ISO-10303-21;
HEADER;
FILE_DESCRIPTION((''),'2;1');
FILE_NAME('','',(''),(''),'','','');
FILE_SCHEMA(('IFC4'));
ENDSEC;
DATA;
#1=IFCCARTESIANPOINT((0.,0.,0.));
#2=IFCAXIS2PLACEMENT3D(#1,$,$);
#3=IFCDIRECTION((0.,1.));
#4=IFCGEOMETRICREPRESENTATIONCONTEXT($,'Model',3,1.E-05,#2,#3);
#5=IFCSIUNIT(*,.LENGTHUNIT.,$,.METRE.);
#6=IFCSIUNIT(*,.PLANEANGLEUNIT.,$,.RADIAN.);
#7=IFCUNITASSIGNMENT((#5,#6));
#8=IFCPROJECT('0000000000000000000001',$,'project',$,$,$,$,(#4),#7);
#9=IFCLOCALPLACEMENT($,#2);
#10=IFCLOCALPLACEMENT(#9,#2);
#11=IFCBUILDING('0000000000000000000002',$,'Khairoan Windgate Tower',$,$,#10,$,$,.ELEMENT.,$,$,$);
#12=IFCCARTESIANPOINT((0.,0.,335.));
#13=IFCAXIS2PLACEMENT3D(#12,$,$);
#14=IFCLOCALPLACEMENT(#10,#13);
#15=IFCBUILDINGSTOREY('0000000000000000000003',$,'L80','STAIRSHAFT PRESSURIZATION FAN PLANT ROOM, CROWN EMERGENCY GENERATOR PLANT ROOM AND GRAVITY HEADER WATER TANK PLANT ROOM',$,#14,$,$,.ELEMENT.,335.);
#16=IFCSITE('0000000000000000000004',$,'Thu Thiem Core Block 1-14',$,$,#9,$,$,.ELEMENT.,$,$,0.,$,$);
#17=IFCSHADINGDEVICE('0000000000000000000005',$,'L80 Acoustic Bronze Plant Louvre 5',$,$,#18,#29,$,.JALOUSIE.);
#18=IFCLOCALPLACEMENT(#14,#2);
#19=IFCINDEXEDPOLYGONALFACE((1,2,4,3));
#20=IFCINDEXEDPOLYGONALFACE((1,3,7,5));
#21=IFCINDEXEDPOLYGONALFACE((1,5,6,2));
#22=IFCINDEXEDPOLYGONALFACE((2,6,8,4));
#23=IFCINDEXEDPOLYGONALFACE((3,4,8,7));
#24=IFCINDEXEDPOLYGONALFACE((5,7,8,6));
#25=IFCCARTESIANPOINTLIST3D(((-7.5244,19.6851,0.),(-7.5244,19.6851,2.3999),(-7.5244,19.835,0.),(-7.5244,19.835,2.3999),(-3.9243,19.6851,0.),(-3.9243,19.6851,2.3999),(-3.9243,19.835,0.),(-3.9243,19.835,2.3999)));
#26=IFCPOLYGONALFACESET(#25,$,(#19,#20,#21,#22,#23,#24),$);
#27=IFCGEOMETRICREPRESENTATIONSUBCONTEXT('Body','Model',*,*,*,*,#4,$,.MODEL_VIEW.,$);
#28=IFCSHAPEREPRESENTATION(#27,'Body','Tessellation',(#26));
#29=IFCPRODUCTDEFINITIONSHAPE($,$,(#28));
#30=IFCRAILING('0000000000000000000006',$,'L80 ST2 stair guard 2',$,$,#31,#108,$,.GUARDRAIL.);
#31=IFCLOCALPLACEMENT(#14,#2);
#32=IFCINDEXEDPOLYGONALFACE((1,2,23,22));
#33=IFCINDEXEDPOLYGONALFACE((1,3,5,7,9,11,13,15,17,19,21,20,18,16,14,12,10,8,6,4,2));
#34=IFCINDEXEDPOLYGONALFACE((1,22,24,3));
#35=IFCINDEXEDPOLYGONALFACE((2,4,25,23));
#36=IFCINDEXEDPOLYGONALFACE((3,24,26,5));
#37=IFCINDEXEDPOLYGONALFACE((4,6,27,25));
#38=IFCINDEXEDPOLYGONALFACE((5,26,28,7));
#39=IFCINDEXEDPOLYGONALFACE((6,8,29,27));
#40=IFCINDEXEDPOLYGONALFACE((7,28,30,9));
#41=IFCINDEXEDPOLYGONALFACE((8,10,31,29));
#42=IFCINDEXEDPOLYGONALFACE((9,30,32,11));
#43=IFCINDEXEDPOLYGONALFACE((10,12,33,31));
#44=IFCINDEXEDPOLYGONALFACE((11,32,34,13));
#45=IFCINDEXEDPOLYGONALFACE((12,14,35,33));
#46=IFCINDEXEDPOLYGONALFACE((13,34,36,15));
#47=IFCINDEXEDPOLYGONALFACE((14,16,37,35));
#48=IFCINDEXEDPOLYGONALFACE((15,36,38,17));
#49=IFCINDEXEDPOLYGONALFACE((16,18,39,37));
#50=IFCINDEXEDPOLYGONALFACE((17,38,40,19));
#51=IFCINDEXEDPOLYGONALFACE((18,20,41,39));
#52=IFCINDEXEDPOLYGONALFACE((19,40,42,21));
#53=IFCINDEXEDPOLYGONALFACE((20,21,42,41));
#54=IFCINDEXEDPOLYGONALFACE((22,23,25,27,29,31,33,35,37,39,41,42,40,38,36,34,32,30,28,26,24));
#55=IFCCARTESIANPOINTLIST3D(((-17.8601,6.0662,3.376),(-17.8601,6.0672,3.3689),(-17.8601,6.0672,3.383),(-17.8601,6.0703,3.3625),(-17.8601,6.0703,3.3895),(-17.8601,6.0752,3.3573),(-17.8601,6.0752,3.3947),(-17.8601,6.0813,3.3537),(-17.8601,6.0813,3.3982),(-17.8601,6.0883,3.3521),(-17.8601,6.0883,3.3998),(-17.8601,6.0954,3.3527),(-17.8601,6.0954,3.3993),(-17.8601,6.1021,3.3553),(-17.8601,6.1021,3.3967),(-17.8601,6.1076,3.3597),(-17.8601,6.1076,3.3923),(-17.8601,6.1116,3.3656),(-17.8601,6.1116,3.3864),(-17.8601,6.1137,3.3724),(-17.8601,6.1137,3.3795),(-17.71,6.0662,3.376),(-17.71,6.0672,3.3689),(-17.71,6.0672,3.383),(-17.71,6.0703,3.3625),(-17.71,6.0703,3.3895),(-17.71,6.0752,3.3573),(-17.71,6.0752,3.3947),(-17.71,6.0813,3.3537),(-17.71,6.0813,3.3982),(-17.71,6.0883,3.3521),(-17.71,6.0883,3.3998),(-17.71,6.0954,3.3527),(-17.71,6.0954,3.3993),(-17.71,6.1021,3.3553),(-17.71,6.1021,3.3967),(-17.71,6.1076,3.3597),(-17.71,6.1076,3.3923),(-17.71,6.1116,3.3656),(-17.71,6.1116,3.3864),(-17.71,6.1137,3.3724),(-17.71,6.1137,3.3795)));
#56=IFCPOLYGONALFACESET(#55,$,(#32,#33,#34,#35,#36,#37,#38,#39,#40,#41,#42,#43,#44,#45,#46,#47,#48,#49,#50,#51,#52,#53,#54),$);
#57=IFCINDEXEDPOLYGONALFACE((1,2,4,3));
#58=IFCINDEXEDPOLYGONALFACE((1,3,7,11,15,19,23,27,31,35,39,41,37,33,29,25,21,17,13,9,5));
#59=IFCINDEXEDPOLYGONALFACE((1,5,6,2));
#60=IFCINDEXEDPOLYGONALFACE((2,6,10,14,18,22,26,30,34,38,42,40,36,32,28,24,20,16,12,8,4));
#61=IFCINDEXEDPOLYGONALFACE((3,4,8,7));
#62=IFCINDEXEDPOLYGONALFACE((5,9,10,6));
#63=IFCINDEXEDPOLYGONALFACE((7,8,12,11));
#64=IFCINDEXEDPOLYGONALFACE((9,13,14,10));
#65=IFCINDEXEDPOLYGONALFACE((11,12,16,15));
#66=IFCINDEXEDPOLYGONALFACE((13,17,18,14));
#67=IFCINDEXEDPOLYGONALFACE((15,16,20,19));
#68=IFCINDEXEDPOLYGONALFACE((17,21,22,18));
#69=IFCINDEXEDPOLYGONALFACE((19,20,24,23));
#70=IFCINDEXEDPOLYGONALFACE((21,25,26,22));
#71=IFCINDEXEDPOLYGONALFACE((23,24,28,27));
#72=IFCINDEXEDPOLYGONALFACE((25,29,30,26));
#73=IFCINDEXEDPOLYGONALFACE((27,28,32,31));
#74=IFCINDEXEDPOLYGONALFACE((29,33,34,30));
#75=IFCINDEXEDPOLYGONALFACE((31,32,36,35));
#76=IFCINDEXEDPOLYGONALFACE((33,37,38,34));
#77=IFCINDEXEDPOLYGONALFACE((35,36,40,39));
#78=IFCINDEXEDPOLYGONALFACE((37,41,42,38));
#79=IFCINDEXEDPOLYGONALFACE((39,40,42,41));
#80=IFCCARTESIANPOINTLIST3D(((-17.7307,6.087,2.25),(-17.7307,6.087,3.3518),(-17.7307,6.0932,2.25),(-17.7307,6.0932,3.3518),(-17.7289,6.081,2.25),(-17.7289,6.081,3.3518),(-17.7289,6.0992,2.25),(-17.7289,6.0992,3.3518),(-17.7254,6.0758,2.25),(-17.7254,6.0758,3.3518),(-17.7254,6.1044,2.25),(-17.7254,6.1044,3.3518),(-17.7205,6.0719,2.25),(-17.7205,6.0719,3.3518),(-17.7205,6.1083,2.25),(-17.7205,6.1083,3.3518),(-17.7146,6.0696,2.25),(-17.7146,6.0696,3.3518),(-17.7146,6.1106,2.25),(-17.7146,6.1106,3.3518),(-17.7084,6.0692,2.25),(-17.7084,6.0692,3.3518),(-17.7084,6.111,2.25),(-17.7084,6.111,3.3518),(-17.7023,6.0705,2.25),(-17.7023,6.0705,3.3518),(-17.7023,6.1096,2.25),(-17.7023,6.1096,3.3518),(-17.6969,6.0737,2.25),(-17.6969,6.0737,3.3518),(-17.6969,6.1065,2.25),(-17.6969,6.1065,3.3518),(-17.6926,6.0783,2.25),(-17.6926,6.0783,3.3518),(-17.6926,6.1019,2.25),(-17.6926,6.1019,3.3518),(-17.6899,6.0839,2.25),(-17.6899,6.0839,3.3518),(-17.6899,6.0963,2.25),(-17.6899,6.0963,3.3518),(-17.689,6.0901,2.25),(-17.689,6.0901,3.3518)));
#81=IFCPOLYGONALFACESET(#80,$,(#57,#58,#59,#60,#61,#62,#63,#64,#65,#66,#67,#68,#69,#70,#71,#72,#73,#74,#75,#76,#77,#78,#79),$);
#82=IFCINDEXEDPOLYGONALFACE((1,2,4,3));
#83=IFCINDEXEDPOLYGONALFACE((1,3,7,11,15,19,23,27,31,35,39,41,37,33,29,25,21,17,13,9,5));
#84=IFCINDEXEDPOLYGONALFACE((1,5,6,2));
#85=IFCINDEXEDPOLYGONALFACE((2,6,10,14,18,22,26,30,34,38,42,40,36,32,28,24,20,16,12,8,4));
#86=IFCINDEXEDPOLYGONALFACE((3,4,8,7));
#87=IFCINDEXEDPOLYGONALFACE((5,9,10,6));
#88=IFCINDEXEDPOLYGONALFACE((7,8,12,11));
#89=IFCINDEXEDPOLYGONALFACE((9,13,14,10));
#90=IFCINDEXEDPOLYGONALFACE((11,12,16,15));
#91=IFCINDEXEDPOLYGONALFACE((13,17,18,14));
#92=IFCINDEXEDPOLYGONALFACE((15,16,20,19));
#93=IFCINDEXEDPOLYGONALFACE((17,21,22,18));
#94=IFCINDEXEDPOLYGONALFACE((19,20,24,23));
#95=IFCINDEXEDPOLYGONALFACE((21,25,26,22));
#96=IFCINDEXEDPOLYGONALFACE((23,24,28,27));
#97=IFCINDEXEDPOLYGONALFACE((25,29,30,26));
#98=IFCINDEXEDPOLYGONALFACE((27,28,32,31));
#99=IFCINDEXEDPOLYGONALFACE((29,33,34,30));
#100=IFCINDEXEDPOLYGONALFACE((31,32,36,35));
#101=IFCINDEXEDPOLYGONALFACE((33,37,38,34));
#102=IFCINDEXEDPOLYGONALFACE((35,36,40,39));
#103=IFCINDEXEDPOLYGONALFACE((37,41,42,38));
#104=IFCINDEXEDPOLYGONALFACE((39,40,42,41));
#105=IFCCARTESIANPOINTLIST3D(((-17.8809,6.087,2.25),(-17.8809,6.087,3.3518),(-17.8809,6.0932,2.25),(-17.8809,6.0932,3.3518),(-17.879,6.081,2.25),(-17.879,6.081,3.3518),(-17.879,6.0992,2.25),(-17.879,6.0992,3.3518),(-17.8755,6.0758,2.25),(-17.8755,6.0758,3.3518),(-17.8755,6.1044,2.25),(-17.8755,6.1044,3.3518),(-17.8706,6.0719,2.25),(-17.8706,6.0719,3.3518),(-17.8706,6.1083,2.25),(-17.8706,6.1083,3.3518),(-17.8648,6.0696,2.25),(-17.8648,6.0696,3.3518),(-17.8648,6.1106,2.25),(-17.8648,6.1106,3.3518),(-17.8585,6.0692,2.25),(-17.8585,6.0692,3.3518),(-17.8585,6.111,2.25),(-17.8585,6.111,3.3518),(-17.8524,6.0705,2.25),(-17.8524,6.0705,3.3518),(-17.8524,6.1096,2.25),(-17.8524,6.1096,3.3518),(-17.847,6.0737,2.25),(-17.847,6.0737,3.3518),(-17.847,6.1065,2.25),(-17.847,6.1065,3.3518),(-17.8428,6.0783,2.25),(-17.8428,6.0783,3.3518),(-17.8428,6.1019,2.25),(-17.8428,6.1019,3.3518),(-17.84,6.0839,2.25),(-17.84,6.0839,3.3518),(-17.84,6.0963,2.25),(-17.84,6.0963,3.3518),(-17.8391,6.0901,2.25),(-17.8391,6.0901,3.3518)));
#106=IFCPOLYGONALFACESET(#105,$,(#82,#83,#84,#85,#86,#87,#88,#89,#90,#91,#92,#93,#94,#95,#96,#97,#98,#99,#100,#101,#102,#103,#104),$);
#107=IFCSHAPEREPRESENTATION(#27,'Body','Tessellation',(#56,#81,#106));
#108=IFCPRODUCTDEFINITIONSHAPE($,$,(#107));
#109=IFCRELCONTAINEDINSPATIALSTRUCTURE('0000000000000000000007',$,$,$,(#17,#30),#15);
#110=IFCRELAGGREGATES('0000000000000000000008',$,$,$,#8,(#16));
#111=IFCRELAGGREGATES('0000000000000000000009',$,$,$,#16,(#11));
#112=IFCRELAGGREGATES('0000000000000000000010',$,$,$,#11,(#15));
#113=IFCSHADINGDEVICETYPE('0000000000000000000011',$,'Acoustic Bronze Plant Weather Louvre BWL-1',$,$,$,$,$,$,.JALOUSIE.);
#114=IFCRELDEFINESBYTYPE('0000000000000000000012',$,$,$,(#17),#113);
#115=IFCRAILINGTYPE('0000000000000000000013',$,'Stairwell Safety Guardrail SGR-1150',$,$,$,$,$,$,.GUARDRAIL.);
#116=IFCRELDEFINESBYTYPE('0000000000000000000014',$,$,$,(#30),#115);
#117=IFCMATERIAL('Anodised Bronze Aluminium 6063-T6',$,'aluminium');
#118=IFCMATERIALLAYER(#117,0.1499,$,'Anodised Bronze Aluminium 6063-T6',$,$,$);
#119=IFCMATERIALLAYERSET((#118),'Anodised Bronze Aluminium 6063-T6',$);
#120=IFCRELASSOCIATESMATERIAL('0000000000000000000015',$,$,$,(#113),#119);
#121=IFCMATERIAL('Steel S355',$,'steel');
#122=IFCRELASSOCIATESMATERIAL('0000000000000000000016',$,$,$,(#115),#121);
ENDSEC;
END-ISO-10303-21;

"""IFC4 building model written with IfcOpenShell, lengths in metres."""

from ifc_helpers import new_model, si_unit, direction, frame, origin, origin_2d, place, context, subcontext, project, spatial, rectangle, circle, extrude, material, layer, layer_set, type_object, element, save


model = new_model("IFC4")

# Units and contexts
model_context = context("Model", 3, precision=1e-05, world=origin(), true_north=direction((0.0, 1.0)))
body_context = subcontext(model_context, "Body", "Model", "MODEL_VIEW")
ifc_project = project(units=[si_unit("LENGTHUNIT", "METRE"), si_unit("PLANEANGLEUNIT", "RADIAN")], contexts=[model_context])

# Site, building, storey
site_placement = place(None, origin())
site = spatial("IfcSite", under=ifc_project, at=site_placement, Name="Thu Thiem Core Block 1-14", CompositionType="ELEMENT", RefElevation=0.0)
building_placement = place(site_placement, origin())
building = spatial("IfcBuilding", under=site, at=building_placement, Name="Khairoan Windgate Tower", CompositionType="ELEMENT")
storey_placement = place(building_placement, frame((0.0, 0.0, 335.0)))
storey = spatial("IfcBuildingStorey", under=building, at=storey_placement, Name="L80", Description="STAIRSHAFT PRESSURIZATION FAN PLANT ROOM, CROWN EMERGENCY GENERATOR PLANT ROOM AND GRAVITY HEADER WATER TANK PLANT ROOM", CompositionType="ELEMENT", Elevation=335.0)

# Shading device
ifc_material_1 = material(Name="Anodised Bronze Aluminium 6063-T6", Category="aluminium")
ifc_layer_1 = layer(ifc_material_1, 0.1499, Name="Anodised Bronze Aluminium 6063-T6")
ifc_layer_set_1 = layer_set([ifc_layer_1], Name="Anodised Bronze Aluminium 6063-T6")
shading_device_type = type_object("IfcShadingDeviceType", Name="Acoustic Bronze Plant Weather Louvre BWL-1", PredefinedType="JALOUSIE", material=ifc_layer_set_1)
shading_device_placement = place(storey_placement, frame((-5.7244, 19.76, 0.0), z_axis=(0.0, 0.0, 1.0), x_axis=(1.0, 0.0, 0.0)))
element("IfcShadingDevice", 1, at=shading_device_placement, inside=storey, type_object=shading_device_type, Name="L80 Acoustic Bronze Plant Louvre 5", PredefinedType="JALOUSIE", context=body_context, shape_type="SweptSolid", body=[
    extrude(rectangle(XDim=3.6001, YDim=0.1499, at=origin_2d()), origin(), (0.0, 0.0, 1.0), 2.3999),
])

# Railing
ifc_material_2 = material(Name="Steel S355", Category="steel")
railing_type = type_object("IfcRailingType", Name="Stairwell Safety Guardrail SGR-1150", PredefinedType="GUARDRAIL", material=ifc_material_2)
railing_1_placement = place(storey_placement, frame((-17.71, 6.0901, 2.25)))
element("IfcRailing", 2, at=railing_1_placement, inside=storey, type_object=railing_type, Name="L80 ST2 stair guard 2", PredefinedType="GUARDRAIL", context=body_context, shape_type="SweptSolid", body=[
    extrude(circle(Radius=0.0239, at=origin_2d()), frame((0.0, 0.0, 1.126), z_axis=(-1.0, 0.0, 0.0), x_axis=(0.0, -1.0, 0.0)), (0.0, 0.0, 1.0), 0.1501),
    extrude(circle(Radius=0.021, at=origin_2d()), origin(), (0.0, 0.0, 1.0), 1.1018),
    extrude(circle(Radius=0.021, at=origin_2d()), frame((-0.1501, 0.0, 0.0)), (0.0, 0.0, 1.0), 1.1018),
])

save(model, "model.ifc")
